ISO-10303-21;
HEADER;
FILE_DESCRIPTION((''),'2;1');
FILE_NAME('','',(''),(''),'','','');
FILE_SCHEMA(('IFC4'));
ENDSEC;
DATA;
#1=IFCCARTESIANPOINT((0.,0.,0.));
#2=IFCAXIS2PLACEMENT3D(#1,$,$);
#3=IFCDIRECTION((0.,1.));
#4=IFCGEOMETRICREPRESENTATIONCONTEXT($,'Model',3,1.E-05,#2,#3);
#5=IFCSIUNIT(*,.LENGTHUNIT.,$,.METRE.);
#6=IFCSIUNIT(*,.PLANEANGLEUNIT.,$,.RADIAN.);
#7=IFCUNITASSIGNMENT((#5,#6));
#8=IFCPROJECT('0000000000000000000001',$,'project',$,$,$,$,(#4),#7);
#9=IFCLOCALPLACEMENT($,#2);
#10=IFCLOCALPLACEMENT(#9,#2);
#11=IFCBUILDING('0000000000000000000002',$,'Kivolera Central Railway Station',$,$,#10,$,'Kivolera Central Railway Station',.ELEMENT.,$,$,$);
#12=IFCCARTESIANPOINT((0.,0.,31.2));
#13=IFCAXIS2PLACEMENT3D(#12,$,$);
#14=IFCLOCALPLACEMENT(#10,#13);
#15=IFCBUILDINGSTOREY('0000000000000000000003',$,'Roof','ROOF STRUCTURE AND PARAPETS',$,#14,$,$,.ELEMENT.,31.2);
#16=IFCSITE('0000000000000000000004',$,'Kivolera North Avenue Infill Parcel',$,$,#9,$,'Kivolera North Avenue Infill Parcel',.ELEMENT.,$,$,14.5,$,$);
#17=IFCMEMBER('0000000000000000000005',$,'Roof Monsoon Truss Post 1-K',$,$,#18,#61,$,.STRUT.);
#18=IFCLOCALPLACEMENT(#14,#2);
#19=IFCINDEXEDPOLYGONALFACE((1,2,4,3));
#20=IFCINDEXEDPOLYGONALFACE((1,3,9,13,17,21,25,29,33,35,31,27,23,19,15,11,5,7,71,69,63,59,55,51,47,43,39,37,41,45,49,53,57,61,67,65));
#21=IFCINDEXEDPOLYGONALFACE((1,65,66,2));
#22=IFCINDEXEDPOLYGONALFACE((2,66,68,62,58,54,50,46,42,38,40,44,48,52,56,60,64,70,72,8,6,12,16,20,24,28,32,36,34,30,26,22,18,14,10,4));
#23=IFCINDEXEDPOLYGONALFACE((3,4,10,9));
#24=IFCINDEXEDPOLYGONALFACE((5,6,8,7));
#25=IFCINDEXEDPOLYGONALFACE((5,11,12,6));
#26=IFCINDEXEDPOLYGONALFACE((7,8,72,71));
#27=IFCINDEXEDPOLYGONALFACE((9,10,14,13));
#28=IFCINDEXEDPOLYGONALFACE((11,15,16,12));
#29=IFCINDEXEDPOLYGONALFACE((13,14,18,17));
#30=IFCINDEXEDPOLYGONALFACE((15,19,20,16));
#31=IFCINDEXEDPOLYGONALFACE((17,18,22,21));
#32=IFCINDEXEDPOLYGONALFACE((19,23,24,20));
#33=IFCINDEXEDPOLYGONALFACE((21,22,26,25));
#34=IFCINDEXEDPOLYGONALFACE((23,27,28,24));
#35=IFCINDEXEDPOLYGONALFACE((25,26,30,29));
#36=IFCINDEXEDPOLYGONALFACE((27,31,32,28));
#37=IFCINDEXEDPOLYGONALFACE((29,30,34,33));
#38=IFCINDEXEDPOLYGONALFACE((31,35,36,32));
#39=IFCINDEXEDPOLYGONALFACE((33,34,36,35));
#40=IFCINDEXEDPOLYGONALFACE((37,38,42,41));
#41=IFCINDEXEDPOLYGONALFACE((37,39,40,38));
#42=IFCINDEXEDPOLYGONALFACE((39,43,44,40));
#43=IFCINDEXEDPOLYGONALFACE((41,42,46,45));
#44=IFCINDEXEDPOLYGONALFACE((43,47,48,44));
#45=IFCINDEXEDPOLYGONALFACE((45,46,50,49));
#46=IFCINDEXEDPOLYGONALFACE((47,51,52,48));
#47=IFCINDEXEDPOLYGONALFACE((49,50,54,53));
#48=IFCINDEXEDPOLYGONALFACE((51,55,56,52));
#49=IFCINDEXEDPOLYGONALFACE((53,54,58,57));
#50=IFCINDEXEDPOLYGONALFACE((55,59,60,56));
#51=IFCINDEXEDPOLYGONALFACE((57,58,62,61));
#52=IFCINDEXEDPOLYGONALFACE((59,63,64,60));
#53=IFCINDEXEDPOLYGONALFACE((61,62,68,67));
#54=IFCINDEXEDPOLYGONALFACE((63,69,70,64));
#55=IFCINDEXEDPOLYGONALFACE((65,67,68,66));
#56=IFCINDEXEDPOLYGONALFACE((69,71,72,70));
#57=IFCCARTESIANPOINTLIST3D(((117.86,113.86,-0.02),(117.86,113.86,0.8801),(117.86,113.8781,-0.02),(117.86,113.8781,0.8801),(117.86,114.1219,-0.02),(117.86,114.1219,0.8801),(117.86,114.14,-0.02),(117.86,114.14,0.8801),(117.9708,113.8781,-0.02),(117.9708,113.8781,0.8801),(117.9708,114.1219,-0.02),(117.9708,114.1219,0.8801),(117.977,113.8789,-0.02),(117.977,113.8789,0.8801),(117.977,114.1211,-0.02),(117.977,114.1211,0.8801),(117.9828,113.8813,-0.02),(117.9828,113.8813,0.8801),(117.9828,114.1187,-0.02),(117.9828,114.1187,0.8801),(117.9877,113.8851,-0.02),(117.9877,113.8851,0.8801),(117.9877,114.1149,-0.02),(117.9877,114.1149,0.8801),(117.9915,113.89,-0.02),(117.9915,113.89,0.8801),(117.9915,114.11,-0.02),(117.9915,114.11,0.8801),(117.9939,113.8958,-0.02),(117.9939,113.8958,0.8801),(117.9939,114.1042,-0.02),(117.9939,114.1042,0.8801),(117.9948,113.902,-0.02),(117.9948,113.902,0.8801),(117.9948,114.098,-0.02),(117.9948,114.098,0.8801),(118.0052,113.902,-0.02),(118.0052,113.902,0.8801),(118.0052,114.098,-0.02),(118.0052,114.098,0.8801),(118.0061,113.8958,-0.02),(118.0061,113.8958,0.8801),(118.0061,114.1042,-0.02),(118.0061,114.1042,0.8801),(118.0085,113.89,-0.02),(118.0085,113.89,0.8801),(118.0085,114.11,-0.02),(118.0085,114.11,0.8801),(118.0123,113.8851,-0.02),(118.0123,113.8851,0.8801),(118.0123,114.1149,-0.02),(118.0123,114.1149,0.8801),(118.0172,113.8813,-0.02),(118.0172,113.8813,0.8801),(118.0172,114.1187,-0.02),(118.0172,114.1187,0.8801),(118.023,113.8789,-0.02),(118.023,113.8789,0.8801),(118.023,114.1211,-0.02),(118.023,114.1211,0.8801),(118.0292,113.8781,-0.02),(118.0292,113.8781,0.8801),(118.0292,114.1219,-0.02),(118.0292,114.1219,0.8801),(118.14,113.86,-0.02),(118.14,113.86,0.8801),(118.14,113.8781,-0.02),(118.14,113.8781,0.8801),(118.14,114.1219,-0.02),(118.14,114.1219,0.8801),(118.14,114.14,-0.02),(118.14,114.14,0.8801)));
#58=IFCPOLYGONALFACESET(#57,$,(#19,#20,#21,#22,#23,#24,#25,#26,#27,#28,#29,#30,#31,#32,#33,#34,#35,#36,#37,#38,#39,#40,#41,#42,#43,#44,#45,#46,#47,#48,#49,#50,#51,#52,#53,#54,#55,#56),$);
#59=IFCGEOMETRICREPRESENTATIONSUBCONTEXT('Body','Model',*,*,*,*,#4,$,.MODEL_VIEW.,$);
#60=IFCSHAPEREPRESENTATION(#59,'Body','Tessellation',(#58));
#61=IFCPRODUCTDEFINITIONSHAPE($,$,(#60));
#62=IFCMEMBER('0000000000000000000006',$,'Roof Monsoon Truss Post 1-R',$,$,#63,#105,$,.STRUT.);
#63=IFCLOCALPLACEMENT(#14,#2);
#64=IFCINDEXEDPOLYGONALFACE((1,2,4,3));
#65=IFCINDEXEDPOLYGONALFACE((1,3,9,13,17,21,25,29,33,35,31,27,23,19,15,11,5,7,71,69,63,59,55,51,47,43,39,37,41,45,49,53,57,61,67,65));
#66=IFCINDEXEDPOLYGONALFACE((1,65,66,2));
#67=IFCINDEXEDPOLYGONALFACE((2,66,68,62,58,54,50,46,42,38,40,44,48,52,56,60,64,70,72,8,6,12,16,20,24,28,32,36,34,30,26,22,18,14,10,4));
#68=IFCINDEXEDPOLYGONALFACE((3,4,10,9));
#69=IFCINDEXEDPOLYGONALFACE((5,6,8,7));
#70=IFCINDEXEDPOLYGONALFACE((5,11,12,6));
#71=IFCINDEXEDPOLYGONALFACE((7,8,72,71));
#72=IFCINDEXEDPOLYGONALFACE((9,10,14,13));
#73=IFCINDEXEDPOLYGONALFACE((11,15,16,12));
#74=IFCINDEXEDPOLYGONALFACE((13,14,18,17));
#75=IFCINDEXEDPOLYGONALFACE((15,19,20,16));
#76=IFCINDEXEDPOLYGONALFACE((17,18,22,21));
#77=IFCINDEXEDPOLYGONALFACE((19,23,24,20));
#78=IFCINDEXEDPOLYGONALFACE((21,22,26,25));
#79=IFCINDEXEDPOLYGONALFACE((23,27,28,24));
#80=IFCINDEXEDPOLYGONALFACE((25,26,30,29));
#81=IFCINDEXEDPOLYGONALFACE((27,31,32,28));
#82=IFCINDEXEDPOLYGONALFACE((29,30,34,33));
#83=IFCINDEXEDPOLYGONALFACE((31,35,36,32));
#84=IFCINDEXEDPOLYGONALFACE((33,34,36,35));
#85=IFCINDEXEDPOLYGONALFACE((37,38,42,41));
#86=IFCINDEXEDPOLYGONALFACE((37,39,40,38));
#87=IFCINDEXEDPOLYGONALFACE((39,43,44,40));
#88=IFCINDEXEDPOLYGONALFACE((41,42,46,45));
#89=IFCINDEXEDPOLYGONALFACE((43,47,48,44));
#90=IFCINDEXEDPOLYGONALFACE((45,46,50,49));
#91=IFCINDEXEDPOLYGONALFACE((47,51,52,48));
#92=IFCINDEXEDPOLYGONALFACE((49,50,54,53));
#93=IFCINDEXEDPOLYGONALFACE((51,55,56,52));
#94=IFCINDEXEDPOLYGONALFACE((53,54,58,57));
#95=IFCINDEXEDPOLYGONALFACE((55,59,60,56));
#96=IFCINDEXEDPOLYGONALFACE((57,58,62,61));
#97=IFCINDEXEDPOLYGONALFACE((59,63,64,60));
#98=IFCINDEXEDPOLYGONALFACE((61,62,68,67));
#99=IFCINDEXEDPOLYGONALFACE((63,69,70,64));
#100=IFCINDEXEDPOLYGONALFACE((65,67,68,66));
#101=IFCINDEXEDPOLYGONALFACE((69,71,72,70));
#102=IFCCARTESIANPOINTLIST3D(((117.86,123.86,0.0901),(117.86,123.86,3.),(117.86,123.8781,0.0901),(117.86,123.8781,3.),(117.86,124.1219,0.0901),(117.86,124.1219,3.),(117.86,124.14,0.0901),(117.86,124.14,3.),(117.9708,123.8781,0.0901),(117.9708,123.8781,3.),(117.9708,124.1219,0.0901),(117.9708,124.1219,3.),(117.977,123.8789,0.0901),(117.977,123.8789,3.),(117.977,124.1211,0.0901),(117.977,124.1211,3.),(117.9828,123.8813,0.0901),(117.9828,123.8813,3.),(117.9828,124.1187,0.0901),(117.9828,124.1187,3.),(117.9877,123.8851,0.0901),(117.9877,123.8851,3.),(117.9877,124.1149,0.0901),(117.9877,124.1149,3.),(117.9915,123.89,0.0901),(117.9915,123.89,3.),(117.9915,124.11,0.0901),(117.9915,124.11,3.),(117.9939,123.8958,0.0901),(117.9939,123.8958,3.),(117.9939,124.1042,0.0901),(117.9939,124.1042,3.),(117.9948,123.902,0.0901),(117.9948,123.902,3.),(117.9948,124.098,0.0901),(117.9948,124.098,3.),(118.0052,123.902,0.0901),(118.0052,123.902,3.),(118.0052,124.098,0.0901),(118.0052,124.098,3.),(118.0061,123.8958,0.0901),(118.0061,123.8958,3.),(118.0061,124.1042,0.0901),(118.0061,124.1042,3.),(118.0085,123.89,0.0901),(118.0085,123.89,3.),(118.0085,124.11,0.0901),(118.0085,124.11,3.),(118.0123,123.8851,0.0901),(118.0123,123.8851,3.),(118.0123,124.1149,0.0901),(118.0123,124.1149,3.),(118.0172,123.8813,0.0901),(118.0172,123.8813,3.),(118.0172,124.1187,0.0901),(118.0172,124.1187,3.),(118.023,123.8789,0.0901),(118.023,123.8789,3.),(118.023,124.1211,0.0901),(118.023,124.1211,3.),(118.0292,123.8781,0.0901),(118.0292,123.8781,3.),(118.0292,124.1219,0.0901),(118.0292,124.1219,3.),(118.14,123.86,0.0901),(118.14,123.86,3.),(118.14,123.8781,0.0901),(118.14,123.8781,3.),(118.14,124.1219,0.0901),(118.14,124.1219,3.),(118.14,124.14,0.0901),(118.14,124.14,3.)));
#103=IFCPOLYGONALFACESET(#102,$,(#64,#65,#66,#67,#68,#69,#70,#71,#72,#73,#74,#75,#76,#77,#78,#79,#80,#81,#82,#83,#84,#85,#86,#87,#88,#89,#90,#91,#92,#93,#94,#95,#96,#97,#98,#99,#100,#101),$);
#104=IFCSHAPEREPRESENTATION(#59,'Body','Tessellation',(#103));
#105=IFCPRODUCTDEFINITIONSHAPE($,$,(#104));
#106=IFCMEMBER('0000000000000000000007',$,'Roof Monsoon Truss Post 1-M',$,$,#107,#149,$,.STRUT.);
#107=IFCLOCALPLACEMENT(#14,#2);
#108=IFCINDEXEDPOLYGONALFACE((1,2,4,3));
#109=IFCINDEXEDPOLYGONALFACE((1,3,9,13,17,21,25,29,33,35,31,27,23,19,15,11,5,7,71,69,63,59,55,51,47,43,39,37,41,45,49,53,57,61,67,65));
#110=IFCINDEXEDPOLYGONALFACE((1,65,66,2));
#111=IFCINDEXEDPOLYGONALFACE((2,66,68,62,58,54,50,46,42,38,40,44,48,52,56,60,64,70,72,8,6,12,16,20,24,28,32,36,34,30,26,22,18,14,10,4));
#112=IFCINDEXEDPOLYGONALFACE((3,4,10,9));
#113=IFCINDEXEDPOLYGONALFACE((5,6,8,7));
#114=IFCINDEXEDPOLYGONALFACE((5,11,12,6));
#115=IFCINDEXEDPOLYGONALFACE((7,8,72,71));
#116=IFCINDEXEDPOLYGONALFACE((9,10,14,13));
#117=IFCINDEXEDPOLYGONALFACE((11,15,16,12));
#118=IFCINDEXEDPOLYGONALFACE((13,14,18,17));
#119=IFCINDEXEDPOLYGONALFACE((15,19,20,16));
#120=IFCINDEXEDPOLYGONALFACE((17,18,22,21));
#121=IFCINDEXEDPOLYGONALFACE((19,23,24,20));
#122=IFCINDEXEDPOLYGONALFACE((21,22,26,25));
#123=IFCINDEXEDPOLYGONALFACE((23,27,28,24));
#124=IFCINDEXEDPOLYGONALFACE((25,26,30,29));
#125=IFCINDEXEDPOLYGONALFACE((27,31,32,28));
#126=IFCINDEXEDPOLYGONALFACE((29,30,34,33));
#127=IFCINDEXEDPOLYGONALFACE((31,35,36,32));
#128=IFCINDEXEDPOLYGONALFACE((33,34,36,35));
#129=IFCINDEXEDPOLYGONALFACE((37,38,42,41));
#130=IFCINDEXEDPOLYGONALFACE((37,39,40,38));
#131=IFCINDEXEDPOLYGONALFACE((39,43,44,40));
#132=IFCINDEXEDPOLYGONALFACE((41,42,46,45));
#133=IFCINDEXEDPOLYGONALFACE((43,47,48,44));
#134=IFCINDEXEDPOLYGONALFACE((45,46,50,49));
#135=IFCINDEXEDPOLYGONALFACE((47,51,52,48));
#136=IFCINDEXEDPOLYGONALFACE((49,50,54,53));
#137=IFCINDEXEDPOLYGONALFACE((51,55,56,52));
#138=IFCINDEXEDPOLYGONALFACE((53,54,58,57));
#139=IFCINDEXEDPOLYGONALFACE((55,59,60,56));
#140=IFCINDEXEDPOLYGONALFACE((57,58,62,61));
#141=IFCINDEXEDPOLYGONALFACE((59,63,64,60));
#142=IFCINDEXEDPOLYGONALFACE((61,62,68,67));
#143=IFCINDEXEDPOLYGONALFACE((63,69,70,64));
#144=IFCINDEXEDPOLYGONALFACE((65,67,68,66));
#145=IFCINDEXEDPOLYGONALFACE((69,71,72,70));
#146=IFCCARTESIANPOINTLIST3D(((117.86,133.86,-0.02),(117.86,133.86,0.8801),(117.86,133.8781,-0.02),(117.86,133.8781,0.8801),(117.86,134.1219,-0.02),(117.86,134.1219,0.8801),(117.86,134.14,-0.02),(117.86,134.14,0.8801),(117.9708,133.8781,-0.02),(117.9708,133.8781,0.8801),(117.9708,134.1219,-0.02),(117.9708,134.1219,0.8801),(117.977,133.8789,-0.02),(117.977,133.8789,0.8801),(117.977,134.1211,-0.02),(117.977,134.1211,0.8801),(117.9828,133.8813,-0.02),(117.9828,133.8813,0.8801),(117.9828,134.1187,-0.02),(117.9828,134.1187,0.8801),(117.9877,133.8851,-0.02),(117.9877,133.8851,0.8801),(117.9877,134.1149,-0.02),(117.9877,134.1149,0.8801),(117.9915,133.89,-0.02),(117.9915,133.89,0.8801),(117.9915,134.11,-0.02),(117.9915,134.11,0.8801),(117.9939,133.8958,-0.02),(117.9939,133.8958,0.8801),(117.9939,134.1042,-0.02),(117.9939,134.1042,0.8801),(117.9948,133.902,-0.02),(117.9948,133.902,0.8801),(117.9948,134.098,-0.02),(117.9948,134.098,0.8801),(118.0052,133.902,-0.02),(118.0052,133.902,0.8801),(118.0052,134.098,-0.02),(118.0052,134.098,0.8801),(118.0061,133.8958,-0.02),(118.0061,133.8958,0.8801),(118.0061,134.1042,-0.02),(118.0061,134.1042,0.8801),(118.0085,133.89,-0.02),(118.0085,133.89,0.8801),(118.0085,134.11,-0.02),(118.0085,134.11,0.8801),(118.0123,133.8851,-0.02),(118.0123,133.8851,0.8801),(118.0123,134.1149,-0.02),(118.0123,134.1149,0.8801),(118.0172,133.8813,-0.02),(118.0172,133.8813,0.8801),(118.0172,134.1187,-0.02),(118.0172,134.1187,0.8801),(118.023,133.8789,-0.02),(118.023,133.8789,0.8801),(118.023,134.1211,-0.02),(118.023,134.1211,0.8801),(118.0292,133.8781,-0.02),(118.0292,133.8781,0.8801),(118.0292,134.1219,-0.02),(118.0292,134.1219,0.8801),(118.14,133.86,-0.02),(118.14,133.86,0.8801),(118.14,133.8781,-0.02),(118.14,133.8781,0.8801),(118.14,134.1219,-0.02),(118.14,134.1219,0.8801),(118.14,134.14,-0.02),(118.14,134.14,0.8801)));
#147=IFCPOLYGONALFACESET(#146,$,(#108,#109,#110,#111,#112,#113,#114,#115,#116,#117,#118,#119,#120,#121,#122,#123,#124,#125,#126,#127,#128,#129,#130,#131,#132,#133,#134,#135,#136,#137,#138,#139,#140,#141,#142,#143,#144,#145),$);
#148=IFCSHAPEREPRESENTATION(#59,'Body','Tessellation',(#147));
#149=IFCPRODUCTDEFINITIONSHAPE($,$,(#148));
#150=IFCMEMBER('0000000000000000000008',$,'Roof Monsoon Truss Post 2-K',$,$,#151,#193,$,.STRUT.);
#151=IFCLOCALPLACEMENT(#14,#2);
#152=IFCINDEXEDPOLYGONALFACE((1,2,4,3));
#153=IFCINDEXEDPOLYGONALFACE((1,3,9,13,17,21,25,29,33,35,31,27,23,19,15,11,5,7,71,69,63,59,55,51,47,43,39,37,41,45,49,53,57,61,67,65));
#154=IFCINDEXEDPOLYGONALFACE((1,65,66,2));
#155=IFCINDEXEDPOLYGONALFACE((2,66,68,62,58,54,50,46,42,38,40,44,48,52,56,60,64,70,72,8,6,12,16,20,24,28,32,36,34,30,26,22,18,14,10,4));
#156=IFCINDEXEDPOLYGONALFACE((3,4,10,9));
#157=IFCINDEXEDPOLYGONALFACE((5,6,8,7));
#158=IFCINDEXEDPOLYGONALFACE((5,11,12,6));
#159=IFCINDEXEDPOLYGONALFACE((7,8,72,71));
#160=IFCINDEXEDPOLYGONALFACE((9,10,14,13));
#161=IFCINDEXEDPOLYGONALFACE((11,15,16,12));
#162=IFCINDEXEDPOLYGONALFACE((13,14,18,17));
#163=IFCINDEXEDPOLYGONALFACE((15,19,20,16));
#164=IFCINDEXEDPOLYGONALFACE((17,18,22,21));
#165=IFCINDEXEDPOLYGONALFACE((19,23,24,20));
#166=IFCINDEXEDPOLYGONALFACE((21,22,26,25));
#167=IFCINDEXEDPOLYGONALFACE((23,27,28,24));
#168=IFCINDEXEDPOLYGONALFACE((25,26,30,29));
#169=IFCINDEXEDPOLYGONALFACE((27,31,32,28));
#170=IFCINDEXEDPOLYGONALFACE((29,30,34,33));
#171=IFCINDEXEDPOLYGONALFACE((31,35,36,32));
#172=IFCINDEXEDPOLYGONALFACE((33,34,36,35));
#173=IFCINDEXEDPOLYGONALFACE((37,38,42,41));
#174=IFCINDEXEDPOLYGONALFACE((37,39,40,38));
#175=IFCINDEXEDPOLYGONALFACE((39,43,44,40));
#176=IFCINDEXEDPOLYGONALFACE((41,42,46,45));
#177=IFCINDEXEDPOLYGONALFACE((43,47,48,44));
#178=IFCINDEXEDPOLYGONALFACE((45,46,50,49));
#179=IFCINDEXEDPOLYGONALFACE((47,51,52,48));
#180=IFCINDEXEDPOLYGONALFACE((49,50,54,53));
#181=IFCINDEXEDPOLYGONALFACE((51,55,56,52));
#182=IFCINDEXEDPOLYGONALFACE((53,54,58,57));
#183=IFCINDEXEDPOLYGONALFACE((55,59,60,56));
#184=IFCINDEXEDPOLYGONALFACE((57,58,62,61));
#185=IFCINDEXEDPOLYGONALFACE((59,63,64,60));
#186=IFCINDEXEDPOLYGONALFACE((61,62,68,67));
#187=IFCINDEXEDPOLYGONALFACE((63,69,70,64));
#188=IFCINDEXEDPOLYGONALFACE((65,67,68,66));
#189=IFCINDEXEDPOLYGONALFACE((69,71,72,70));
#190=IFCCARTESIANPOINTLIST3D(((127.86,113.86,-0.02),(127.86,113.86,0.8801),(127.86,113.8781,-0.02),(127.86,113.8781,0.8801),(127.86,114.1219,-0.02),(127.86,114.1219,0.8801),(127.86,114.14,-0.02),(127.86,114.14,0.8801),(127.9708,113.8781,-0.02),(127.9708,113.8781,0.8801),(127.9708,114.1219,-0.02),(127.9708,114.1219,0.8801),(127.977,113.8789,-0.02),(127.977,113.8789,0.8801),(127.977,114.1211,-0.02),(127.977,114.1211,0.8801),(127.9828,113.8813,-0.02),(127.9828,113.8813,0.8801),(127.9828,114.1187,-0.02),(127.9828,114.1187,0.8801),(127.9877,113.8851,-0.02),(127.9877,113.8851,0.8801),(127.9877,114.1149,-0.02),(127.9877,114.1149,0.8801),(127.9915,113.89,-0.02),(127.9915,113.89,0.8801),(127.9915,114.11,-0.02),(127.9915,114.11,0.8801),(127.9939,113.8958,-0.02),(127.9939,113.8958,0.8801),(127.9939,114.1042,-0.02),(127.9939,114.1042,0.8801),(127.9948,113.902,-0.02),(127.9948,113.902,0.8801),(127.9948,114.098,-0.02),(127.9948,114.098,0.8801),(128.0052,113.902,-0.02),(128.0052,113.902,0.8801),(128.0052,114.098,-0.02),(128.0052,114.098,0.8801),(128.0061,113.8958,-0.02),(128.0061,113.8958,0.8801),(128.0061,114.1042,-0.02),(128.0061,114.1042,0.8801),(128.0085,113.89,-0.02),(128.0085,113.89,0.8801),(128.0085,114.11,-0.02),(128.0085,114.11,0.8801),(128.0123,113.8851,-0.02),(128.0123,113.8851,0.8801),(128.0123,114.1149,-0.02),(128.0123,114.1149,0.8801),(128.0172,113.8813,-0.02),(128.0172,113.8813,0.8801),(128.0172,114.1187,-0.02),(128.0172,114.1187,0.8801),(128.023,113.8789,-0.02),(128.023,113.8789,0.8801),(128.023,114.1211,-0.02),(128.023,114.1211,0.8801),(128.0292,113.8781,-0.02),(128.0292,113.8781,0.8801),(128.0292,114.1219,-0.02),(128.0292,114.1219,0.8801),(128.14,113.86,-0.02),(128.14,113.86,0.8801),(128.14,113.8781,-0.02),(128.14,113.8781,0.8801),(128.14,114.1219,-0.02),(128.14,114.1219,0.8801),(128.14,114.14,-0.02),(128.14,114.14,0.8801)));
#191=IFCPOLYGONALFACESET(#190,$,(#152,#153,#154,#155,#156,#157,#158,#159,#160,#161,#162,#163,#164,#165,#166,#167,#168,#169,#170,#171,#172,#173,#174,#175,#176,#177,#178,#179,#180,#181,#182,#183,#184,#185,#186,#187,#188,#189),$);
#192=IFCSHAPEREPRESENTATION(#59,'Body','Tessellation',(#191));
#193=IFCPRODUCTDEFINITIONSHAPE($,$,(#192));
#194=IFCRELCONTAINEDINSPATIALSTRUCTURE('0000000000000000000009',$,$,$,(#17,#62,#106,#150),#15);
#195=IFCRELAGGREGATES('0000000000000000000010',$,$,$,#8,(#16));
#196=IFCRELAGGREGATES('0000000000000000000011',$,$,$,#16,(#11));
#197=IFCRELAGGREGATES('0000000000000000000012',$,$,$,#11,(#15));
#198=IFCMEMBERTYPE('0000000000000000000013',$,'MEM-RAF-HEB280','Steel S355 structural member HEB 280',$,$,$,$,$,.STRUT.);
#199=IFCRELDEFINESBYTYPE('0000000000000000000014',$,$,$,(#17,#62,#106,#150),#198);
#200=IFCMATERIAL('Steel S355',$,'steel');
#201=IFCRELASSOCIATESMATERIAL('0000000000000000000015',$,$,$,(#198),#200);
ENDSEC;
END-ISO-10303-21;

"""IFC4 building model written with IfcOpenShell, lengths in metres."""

from ifc_helpers import new_model, si_unit, direction, frame, origin, origin_2d, place, context, subcontext, project, spatial, i_section, extrude, material, material_profile, profile_set, type_object, element, save


model = new_model("IFC4")

# Units and contexts
model_context = context("Model", 3, precision=1e-05, world=origin(), true_north=direction((0.0, 1.0)))
body_context = subcontext(model_context, "Body", "Model", "MODEL_VIEW")
ifc_project = project(units=[si_unit("LENGTHUNIT", "METRE"), si_unit("PLANEANGLEUNIT", "RADIAN")], contexts=[model_context])

# Site, building, storey
site_placement = place(None, origin())
site = spatial("IfcSite", under=ifc_project, at=site_placement, Name="Kivolera North Avenue Infill Parcel", LongName="Kivolera North Avenue Infill Parcel", CompositionType="ELEMENT", RefElevation=14.5)
building_placement = place(site_placement, origin())
building = spatial("IfcBuilding", under=site, at=building_placement, Name="Kivolera Central Railway Station", LongName="Kivolera Central Railway Station", CompositionType="ELEMENT")
storey_placement = place(building_placement, frame((0.0, 0.0, 31.2)))
storey = spatial("IfcBuildingStorey", under=building, at=storey_placement, Name="Roof", Description="ROOF STRUCTURE AND PARAPETS", CompositionType="ELEMENT", Elevation=31.2)

# Shared definitions
ifc_material_1 = material(Name="Steel S355", Category="steel")

# Members
ifc_material_profile_1 = material_profile(ifc_material_1, i_section(OverallWidth=0.28, OverallDepth=0.28, WebThickness=0.0105, FlangeThickness=0.0181, FilletRadius=0.0239, at=origin_2d()), Name="HEB 280")
ifc_profile_set_1 = profile_set([ifc_material_profile_1], Name="Steel S355")
member_type_1 = type_object("IfcMemberType", Name="MEM-RAF-HEB280", Description="Steel S355 structural member HEB 280", PredefinedType="STRUT", material=ifc_profile_set_1)
member_1_placement = place(storey_placement, frame((118.0, 114.0, -0.02), z_axis=(0.0, 0.0, 1.0), x_axis=(1.0, 0.0, 0.0)))
element("IfcMember", 1, at=member_1_placement, inside=storey, type_object=member_type_1, Name="Roof Monsoon Truss Post 1-K", PredefinedType="STRUT", context=body_context, shape_type="SweptSolid", body=[
    extrude(i_section(OverallWidth=0.28, OverallDepth=0.28, WebThickness=0.0105, FlangeThickness=0.0181, FilletRadius=0.0239, at=origin_2d()), origin(), (0.0, 0.0, 1.0), 0.9001),
])
member_2_placement = place(storey_placement, frame((118.0, 124.0, 0.0901), z_axis=(0.0, 0.0, 1.0), x_axis=(1.0, 0.0, 0.0)))
element("IfcMember", 2, at=member_2_placement, inside=storey, type_object=member_type_1, Name="Roof Monsoon Truss Post 1-R", PredefinedType="STRUT", context=body_context, shape_type="SweptSolid", body=[
    extrude(i_section(OverallWidth=0.28, OverallDepth=0.28, WebThickness=0.0105, FlangeThickness=0.0181, FilletRadius=0.0239, at=origin_2d()), origin(), (0.0, 0.0, 1.0), 2.9099),
])
for number, where, z_axis, x_axis, name in (
    (3, (118.0, 134.0, -0.02), (0.0, 0.0, 1.0), (1.0, 0.0, 0.0), "Roof Monsoon Truss Post 1-M"),
    (4, (128.0, 114.0, -0.02), (0.0, 0.0, 1.0), (1.0, 0.0, 0.0), "Roof Monsoon Truss Post 2-K"),
):
    element("IfcMember", number, at=place(storey_placement, frame(where, z_axis=z_axis, x_axis=x_axis)), inside=storey, type_object=member_type_1, Name=name, PredefinedType="STRUT", context=body_context, shape_type="SweptSolid", body=[
        extrude(i_section(OverallWidth=0.28, OverallDepth=0.28, WebThickness=0.0105, FlangeThickness=0.0181, FilletRadius=0.0239, at=origin_2d()), origin(), (0.0, 0.0, 1.0), 0.9001),
    ])

save(model, "model.ifc")
